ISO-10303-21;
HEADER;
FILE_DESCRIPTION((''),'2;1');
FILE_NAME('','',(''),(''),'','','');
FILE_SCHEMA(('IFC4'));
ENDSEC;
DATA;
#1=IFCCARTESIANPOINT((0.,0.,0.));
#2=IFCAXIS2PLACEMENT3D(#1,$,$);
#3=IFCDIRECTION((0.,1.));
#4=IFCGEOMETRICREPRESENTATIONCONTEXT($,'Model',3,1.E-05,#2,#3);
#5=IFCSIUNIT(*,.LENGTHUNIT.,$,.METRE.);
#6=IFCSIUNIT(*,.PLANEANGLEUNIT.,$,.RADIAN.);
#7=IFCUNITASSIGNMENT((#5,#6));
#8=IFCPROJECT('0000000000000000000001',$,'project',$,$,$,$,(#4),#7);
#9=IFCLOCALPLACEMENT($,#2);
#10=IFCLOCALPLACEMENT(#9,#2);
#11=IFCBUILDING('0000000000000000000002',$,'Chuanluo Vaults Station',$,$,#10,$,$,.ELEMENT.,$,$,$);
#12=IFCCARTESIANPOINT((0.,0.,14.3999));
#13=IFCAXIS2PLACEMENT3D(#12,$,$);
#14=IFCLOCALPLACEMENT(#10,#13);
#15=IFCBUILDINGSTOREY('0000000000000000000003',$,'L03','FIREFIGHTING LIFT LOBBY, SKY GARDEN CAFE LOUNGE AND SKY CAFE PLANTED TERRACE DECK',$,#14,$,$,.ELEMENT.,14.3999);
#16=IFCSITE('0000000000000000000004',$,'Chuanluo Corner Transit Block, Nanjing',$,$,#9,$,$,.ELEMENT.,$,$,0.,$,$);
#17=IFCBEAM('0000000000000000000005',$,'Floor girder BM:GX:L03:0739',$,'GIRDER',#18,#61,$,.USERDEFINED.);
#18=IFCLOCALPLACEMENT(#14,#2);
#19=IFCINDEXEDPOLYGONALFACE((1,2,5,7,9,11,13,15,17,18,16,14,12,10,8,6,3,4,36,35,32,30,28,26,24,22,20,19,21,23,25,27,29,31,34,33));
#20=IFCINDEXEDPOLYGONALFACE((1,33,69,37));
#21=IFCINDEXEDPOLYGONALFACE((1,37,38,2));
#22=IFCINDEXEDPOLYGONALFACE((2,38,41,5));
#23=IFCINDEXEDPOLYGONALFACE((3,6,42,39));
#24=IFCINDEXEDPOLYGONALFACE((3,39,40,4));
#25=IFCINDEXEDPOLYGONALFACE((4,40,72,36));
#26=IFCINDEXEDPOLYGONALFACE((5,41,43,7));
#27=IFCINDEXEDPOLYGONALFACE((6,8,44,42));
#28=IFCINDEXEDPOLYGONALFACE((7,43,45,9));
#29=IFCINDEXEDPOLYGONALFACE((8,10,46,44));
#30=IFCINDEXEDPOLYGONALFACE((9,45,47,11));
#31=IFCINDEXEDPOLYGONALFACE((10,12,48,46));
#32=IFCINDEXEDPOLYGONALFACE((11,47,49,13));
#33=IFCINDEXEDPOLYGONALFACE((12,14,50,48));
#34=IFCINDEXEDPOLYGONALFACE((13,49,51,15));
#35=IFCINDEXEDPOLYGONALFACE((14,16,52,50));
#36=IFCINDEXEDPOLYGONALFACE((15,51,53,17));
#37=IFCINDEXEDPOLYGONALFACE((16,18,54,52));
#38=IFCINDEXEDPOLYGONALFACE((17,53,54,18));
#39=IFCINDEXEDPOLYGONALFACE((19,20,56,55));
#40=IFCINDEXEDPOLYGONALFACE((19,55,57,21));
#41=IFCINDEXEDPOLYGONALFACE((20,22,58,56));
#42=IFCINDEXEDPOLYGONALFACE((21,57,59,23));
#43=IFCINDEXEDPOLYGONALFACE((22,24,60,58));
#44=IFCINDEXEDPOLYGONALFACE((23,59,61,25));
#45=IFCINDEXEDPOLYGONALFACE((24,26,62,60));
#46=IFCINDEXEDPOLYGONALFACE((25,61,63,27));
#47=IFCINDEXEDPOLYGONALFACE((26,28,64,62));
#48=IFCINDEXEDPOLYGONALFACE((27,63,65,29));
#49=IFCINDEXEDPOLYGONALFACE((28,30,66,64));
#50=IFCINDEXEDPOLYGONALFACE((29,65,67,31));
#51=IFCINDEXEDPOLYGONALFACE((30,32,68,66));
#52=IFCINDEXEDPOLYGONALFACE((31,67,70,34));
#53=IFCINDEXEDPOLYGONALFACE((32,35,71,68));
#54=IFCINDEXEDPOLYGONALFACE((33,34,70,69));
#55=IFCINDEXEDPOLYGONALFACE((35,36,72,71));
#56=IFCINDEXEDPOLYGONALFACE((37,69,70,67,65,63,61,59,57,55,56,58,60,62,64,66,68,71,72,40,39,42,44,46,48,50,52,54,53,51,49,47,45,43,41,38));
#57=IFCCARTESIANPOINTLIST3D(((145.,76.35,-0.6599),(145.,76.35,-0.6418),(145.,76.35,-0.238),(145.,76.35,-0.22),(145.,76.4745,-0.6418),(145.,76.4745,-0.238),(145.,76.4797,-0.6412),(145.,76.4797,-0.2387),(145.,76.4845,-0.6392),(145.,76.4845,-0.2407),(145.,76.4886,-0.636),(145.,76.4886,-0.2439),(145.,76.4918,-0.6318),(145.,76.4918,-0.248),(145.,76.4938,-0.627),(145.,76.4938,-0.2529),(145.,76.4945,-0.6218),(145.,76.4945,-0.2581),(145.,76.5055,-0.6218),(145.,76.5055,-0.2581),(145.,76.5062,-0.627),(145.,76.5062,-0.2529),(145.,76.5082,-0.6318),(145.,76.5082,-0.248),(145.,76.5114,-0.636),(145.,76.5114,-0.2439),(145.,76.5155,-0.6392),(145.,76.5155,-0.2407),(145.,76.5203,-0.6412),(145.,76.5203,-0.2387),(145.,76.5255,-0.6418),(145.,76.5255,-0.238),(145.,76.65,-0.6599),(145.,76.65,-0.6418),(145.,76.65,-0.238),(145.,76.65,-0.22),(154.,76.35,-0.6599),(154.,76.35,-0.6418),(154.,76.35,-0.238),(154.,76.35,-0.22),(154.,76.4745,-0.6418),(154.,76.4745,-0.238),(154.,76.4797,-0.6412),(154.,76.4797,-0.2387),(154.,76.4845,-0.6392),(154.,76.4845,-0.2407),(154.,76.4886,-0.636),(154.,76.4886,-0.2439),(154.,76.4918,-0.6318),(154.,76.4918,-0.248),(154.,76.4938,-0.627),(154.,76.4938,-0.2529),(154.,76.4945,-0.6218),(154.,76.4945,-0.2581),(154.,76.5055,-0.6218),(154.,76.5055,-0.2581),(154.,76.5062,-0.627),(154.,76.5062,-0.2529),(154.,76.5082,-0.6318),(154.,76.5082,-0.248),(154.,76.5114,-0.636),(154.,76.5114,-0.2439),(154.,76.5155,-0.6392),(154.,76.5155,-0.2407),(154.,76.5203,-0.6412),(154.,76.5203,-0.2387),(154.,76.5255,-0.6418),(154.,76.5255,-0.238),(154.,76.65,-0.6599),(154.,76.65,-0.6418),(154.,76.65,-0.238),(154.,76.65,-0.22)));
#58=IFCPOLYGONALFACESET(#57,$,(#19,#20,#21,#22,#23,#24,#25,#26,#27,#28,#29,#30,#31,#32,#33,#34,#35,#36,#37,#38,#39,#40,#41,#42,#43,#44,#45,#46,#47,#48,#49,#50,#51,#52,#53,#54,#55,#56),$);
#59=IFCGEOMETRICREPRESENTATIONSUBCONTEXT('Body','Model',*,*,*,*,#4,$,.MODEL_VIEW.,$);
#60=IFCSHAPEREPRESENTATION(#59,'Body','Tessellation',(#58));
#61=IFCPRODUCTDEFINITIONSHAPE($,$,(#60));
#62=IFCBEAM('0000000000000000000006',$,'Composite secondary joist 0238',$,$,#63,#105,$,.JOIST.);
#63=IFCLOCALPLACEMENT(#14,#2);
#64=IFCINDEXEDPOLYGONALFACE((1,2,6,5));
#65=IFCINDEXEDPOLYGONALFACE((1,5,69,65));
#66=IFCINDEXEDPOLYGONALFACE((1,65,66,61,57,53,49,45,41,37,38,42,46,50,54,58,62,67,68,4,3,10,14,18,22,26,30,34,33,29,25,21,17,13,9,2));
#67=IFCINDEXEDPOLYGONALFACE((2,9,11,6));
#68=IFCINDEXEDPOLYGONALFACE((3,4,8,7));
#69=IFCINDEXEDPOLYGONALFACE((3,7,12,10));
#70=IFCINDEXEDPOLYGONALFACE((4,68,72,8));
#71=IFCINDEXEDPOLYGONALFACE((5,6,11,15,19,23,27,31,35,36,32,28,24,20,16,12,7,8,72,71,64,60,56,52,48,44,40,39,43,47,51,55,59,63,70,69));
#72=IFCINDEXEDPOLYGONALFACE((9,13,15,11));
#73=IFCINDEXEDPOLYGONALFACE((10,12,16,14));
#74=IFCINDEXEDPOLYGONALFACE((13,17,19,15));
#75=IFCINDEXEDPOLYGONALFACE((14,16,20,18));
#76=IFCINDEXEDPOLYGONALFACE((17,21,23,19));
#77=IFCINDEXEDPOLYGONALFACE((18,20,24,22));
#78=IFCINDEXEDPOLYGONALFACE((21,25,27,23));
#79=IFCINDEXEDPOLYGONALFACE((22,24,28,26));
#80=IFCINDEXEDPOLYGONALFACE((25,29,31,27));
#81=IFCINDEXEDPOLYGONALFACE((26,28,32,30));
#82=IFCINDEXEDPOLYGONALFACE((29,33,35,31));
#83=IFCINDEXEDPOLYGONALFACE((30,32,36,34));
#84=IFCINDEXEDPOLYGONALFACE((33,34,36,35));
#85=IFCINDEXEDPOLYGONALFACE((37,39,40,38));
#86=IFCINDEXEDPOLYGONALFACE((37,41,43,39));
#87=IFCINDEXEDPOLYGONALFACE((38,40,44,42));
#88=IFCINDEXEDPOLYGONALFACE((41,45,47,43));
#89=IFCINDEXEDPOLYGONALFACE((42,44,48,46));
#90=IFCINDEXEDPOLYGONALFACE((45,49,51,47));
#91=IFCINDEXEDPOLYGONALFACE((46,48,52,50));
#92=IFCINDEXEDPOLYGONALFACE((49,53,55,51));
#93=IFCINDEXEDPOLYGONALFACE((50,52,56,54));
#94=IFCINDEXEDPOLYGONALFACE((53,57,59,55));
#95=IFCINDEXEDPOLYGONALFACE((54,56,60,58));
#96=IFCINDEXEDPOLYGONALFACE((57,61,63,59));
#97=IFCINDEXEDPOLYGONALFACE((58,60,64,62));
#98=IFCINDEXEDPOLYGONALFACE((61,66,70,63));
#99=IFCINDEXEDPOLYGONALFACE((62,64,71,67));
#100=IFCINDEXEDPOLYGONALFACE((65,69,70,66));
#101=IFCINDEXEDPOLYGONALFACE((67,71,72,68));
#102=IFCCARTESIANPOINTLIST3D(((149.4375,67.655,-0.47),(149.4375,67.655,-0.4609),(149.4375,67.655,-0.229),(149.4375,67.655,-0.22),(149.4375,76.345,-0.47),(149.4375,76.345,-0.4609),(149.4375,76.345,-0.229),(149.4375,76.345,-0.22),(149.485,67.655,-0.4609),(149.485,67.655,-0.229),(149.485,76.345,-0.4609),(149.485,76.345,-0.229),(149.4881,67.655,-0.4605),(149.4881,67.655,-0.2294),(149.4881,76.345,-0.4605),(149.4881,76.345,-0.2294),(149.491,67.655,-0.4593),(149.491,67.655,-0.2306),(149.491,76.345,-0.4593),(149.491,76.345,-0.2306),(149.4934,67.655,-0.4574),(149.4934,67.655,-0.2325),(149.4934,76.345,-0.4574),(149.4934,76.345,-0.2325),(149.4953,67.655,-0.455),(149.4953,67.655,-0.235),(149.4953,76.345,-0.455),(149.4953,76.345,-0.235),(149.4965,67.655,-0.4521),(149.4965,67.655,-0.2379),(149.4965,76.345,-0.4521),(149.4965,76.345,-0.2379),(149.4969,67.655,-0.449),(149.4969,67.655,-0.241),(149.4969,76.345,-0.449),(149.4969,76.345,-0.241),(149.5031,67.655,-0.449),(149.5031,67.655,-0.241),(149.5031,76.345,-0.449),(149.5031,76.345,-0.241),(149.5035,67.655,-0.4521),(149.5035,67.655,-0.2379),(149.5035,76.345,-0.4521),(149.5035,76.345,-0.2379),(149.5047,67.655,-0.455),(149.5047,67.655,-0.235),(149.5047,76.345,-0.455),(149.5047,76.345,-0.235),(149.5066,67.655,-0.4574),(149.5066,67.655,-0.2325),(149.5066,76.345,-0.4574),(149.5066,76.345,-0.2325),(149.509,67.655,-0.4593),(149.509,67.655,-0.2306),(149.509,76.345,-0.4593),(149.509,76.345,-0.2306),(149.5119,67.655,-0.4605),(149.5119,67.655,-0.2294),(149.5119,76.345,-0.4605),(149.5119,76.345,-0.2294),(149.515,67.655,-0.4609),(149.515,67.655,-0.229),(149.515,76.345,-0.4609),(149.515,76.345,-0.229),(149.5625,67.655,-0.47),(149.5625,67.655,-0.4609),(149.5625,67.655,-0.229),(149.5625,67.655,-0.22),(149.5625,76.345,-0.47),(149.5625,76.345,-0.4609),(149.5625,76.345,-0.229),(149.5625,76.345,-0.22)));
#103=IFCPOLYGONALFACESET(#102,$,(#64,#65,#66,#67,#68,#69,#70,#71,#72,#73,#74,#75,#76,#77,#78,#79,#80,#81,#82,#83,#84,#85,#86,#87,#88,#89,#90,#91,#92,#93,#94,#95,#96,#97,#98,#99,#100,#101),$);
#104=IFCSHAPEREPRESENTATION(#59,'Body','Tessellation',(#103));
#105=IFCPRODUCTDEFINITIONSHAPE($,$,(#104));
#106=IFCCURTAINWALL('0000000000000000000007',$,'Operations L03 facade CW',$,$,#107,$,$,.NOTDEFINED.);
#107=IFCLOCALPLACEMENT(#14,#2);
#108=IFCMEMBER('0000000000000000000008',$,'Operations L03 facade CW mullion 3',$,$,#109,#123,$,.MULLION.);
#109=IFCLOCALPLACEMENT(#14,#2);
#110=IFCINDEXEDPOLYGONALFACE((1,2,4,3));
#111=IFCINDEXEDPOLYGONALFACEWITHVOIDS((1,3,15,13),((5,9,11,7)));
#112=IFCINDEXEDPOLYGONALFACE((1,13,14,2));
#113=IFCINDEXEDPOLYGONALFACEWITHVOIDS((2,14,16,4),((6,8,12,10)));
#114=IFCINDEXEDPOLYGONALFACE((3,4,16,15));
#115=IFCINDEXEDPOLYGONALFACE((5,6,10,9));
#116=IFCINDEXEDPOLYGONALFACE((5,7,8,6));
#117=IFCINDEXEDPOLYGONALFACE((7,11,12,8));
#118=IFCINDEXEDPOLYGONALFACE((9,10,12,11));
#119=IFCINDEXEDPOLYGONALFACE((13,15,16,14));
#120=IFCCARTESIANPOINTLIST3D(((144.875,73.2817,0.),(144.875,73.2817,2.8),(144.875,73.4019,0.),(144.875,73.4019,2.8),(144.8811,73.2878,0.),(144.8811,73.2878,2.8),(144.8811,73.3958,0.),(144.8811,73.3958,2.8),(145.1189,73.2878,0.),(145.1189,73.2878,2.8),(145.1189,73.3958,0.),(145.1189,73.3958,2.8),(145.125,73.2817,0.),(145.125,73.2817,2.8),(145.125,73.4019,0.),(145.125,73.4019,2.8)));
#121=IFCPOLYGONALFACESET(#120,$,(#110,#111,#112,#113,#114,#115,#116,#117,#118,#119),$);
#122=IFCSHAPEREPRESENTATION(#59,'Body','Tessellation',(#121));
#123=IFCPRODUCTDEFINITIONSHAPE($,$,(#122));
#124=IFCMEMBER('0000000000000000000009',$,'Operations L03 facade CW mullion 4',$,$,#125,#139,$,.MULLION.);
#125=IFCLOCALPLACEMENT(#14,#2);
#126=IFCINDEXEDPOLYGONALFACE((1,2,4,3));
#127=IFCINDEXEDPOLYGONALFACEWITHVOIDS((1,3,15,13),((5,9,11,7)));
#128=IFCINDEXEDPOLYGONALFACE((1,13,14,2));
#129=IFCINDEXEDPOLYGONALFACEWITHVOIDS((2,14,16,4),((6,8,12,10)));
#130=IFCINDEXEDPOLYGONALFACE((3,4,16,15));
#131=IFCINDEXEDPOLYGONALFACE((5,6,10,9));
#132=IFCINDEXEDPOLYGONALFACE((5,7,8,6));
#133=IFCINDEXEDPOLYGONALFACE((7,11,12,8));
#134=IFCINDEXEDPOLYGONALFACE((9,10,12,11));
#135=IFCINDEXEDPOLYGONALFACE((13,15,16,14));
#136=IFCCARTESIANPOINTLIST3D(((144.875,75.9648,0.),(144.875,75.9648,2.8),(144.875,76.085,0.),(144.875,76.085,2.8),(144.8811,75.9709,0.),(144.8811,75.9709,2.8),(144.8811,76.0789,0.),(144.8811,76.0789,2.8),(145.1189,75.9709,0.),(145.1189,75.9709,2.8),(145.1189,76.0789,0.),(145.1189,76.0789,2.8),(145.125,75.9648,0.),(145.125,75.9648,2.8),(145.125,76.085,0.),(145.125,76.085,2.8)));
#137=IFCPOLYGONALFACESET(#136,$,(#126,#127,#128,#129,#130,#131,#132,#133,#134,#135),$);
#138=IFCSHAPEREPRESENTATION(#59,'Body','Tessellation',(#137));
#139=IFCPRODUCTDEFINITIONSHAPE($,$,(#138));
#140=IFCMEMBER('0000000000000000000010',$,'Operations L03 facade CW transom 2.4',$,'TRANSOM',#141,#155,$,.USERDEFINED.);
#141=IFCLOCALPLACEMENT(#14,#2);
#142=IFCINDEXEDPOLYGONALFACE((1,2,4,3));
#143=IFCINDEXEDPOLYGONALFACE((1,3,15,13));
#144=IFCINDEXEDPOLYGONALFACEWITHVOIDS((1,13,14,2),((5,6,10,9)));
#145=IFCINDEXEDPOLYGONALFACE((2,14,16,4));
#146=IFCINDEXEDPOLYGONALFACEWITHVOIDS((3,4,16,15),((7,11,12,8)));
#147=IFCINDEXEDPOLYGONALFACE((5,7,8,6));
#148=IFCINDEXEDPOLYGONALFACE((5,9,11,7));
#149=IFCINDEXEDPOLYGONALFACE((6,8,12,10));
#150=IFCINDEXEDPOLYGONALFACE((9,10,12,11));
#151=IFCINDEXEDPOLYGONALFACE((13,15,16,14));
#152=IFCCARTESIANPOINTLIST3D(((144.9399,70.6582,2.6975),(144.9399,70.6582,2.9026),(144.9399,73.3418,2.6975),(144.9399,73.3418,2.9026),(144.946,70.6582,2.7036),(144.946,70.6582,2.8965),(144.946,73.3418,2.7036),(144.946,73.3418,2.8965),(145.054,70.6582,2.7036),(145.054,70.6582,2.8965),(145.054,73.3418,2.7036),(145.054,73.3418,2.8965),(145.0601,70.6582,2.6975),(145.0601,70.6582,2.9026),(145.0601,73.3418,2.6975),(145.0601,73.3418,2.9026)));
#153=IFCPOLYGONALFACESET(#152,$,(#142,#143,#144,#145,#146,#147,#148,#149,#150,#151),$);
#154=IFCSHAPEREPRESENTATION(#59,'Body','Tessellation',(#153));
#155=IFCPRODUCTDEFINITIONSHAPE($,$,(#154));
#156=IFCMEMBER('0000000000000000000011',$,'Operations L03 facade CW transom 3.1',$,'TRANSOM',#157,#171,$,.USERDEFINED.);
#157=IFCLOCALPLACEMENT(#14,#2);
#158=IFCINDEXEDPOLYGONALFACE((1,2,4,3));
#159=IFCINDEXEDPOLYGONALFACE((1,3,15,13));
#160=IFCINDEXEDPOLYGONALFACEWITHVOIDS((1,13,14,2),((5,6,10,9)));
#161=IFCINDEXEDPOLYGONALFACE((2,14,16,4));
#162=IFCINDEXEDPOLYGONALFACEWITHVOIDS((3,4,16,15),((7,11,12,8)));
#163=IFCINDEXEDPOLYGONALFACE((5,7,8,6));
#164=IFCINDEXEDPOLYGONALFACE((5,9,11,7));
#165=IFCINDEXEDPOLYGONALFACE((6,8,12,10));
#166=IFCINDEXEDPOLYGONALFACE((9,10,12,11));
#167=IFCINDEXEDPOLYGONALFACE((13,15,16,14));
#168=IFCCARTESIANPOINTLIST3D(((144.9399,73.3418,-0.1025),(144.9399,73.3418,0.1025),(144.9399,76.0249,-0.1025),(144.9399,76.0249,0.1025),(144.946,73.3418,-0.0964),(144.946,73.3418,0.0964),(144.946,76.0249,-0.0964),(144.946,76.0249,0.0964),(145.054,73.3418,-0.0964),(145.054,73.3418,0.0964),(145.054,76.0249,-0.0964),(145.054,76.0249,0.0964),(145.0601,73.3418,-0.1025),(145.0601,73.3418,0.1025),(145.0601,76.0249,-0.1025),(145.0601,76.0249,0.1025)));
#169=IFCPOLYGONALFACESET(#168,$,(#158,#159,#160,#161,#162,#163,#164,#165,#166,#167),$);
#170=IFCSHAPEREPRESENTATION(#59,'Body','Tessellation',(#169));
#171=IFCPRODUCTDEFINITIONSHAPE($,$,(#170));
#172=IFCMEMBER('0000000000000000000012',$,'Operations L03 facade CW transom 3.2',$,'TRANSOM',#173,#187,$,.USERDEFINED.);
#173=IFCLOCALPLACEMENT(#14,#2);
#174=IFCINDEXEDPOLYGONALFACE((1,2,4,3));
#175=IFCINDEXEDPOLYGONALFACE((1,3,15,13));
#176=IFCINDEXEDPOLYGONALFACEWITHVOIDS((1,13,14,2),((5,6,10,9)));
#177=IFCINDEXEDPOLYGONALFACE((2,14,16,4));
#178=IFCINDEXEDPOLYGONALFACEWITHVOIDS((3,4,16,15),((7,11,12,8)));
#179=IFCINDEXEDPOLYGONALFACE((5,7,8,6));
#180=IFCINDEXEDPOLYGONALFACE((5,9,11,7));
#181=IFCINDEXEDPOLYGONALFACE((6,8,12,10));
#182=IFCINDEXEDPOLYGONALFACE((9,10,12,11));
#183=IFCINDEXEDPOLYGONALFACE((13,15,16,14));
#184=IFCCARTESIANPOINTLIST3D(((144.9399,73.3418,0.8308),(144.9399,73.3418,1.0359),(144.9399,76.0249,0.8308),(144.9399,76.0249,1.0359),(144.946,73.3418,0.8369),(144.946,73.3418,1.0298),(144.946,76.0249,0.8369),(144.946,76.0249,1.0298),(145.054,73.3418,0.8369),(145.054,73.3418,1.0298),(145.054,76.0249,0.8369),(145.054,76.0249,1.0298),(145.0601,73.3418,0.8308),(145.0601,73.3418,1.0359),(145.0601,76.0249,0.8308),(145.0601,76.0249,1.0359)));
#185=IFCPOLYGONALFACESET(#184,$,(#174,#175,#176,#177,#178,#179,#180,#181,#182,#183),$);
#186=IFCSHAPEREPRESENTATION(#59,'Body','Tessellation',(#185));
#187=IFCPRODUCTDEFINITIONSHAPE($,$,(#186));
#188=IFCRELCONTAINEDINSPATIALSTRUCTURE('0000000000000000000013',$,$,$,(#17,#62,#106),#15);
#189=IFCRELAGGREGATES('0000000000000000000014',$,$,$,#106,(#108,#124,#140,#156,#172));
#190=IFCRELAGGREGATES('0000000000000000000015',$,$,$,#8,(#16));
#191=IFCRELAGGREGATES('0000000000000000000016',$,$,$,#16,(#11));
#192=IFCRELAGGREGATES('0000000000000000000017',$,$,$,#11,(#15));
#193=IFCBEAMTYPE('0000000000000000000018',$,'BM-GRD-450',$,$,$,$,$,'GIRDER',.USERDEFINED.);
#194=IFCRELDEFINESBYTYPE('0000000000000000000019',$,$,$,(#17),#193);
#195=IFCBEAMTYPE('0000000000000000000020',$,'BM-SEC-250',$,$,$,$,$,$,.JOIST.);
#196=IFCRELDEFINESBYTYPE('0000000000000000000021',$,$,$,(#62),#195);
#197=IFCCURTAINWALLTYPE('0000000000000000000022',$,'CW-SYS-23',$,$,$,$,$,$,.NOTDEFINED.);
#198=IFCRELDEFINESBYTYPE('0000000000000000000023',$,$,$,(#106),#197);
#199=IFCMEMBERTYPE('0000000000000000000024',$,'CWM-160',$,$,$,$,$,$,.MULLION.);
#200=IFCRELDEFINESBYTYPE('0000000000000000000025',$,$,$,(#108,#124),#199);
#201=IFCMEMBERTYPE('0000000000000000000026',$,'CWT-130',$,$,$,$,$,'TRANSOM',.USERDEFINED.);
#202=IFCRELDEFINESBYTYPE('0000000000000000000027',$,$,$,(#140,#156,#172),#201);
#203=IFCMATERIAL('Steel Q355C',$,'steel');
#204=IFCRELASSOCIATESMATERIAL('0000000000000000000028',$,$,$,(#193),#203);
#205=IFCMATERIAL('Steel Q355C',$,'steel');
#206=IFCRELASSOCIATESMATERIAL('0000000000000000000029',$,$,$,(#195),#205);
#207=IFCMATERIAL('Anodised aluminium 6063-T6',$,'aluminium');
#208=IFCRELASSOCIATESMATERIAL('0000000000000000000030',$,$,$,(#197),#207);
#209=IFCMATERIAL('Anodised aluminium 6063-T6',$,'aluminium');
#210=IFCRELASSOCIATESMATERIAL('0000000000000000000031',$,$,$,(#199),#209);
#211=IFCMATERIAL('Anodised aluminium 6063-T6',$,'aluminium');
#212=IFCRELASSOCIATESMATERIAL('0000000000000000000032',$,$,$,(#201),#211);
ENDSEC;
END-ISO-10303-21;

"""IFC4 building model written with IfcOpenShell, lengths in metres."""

from ifc_helpers import new_model, si_unit, direction, frame, origin, origin_2d, place, context, subcontext, project, spatial, hollow_rectangle, i_section, extrude, material, material_profile, profile_set, type_object, element, aggregate, save


model = new_model("IFC4")

# Units and contexts
model_context = context("Model", 3, precision=1e-05, world=origin(), true_north=direction((0.0, 1.0)))
body_context = subcontext(model_context, "Body", "Model", "MODEL_VIEW")
ifc_project = project(units=[si_unit("LENGTHUNIT", "METRE"), si_unit("PLANEANGLEUNIT", "RADIAN")], contexts=[model_context])

# Site, building, storey
site_placement = place(None, origin())
site = spatial("IfcSite", under=ifc_project, at=site_placement, Name="Chuanluo Corner Transit Block, Nanjing", CompositionType="ELEMENT", RefElevation=0.0)
building_placement = place(site_placement, origin())
building = spatial("IfcBuilding", under=site, at=building_placement, Name="Chuanluo Vaults Station", CompositionType="ELEMENT")
storey_placement = place(building_placement, frame((0.0, 0.0, 14.3999)))
storey = spatial("IfcBuildingStorey", under=building, at=storey_placement, Name="L03", Description="FIREFIGHTING LIFT LOBBY, SKY GARDEN CAFE LOUNGE AND SKY CAFE PLANTED TERRACE DECK", CompositionType="ELEMENT", Elevation=14.3999)

# Beams
ifc_material_1 = material(Name="Steel Q355C", Category="steel")
ifc_material_profile_1 = material_profile(ifc_material_1, i_section(OverallWidth=0.3, OverallDepth=0.4399, WebThickness=0.011, FlangeThickness=0.0181, FilletRadius=0.02, at=origin_2d()))
ifc_profile_set_1 = profile_set([ifc_material_profile_1], Name="Steel Q355C")
beam_type_1 = type_object("IfcBeamType", Name="BM-GRD-450", ElementType="GIRDER", PredefinedType="USERDEFINED", material=ifc_profile_set_1)
for number, where, z_axis, x_axis, name in (
    (1, (145.0, 76.5, -0.4399), (1.0, 0.0, 0.0), (0.0, 1.0, 0.0), "Floor girder BM:GX:L03:0739"),
):
    element("IfcBeam", number, at=place(storey_placement, frame(where, z_axis=z_axis, x_axis=x_axis)), inside=storey, type_object=beam_type_1, Name=name, ObjectType="GIRDER", PredefinedType="USERDEFINED", context=body_context, shape_type="SweptSolid", body=[
        extrude(i_section(OverallWidth=0.3, OverallDepth=0.4399, WebThickness=0.011, FlangeThickness=0.0181, FilletRadius=0.02, at=origin_2d()), origin(), (0.0, 0.0, 1.0), 9.0),
    ])
ifc_material_2 = material(Name="Steel Q355C", Category="steel")
ifc_material_profile_2 = material_profile(ifc_material_2, i_section(OverallWidth=0.125, OverallDepth=0.25, WebThickness=0.0061, FlangeThickness=0.009, FilletRadius=0.012, at=origin_2d()))
ifc_profile_set_2 = profile_set([ifc_material_profile_2], Name="Steel Q355C")
beam_type_2 = type_object("IfcBeamType", Name="BM-SEC-250", PredefinedType="JOIST", material=ifc_profile_set_2)
beam_1_placement = place(storey_placement, frame((149.5, 67.655, -0.345), z_axis=(0.0, 1.0, 0.0), x_axis=(-1.0, 0.0, 0.0)))
element("IfcBeam", 2, at=beam_1_placement, inside=storey, type_object=beam_type_2, Name="Composite secondary joist 0238", PredefinedType="JOIST", context=body_context, shape_type="SweptSolid", body=[
    extrude(i_section(OverallWidth=0.125, OverallDepth=0.25, WebThickness=0.0061, FlangeThickness=0.009, FilletRadius=0.012, at=origin_2d()), origin(), (0.0, 0.0, 1.0), 8.6899),
])

# Curtain wall, members
ifc_material_3 = material(Name="Anodised aluminium 6063-T6", Category="aluminium")
curtain_wall_type_1 = type_object("IfcCurtainWallType", Name="CW-SYS-23", PredefinedType="NOTDEFINED", material=ifc_material_3)
curtain_wall_1_placement = place(storey_placement, origin())
curtain_wall_1 = element("IfcCurtainWall", 3, at=curtain_wall_1_placement, inside=storey, type_object=curtain_wall_type_1, Name="Operations L03 facade CW", PredefinedType="NOTDEFINED")
ifc_material_4 = material(Name="Anodised aluminium 6063-T6", Category="aluminium")
ifc_material_profile_3 = material_profile(ifc_material_4, hollow_rectangle(XDim=0.1201, YDim=0.25, WallThickness=0.0061, at=origin_2d()))
ifc_profile_set_3 = profile_set([ifc_material_profile_3], Name="Anodised aluminium 6063-T6")
member_type_1 = type_object("IfcMemberType", Name="CWM-160", PredefinedType="MULLION", material=ifc_profile_set_3)
member_1_placement = place(storey_placement, frame((145.0, 73.3418, 0.0), z_axis=(0.0, 0.0, 1.0), x_axis=(0.0, 1.0, 0.0)))
member_1 = element("IfcMember", 4, at=member_1_placement, type_object=member_type_1, Name="Operations L03 facade CW mullion 3", PredefinedType="MULLION", context=body_context, shape_type="SweptSolid", body=[
    extrude(hollow_rectangle(XDim=0.1201, YDim=0.25, WallThickness=0.0061, at=origin_2d()), origin(), (0.0, 0.0, 1.0), 2.8),
])
member_2_placement = place(storey_placement, frame((145.0, 76.0249, 0.0), z_axis=(0.0, 0.0, 1.0), x_axis=(0.0, 1.0, 0.0)))
member_2 = element("IfcMember", 5, at=member_2_placement, type_object=member_type_1, Name="Operations L03 facade CW mullion 4", PredefinedType="MULLION", context=body_context, shape_type="SweptSolid", body=[
    extrude(hollow_rectangle(XDim=0.1201, YDim=0.25, WallThickness=0.0061, at=origin_2d()), origin(), (0.0, 0.0, 1.0), 2.8),
])
ifc_material_5 = material(Name="Anodised aluminium 6063-T6", Category="aluminium")
ifc_material_profile_4 = material_profile(ifc_material_5, hollow_rectangle(XDim=0.1201, YDim=0.2051, WallThickness=0.0061, at=origin_2d()))
ifc_profile_set_4 = profile_set([ifc_material_profile_4], Name="Anodised aluminium 6063-T6")
member_type_2 = type_object("IfcMemberType", Name="CWT-130", ElementType="TRANSOM", PredefinedType="USERDEFINED", material=ifc_profile_set_4)
member_3_placement = place(storey_placement, frame((145.0, 70.6582, 2.8), z_axis=(0.0, 1.0, 0.0), x_axis=(-1.0, 0.0, 0.0)))
member_3 = element("IfcMember", 6, at=member_3_placement, type_object=member_type_2, Name="Operations L03 facade CW transom 2.4", ObjectType="TRANSOM", PredefinedType="USERDEFINED", context=body_context, shape_type="SweptSolid", body=[
    extrude(hollow_rectangle(XDim=0.1201, YDim=0.2051, WallThickness=0.0061, at=origin_2d()), origin(), (0.0, 0.0, 1.0), 2.6836),
])
member_4_placement = place(storey_placement, frame((145.0, 73.3418, 0.0), z_axis=(0.0, 1.0, 0.0), x_axis=(-1.0, 0.0, 0.0)))
member_4 = element("IfcMember", 7, at=member_4_placement, type_object=member_type_2, Name="Operations L03 facade CW transom 3.1", ObjectType="TRANSOM", PredefinedType="USERDEFINED", context=body_context, shape_type="SweptSolid", body=[
    extrude(hollow_rectangle(XDim=0.1201, YDim=0.2051, WallThickness=0.0061, at=origin_2d()), origin(), (0.0, 0.0, 1.0), 2.6831),
])
member_5_placement = place(storey_placement, frame((145.0, 73.3418, 0.9333), z_axis=(0.0, 1.0, 0.0), x_axis=(-1.0, 0.0, 0.0)))
member_5 = element("IfcMember", 8, at=member_5_placement, type_object=member_type_2, Name="Operations L03 facade CW transom 3.2", ObjectType="TRANSOM", PredefinedType="USERDEFINED", context=body_context, shape_type="SweptSolid", body=[
    extrude(hollow_rectangle(XDim=0.1201, YDim=0.2051, WallThickness=0.0061, at=origin_2d()), origin(), (0.0, 0.0, 1.0), 2.6831),
])

aggregate(curtain_wall_1, [member_1, member_2, member_3, member_4, member_5])

save(model, "model.ifc")
